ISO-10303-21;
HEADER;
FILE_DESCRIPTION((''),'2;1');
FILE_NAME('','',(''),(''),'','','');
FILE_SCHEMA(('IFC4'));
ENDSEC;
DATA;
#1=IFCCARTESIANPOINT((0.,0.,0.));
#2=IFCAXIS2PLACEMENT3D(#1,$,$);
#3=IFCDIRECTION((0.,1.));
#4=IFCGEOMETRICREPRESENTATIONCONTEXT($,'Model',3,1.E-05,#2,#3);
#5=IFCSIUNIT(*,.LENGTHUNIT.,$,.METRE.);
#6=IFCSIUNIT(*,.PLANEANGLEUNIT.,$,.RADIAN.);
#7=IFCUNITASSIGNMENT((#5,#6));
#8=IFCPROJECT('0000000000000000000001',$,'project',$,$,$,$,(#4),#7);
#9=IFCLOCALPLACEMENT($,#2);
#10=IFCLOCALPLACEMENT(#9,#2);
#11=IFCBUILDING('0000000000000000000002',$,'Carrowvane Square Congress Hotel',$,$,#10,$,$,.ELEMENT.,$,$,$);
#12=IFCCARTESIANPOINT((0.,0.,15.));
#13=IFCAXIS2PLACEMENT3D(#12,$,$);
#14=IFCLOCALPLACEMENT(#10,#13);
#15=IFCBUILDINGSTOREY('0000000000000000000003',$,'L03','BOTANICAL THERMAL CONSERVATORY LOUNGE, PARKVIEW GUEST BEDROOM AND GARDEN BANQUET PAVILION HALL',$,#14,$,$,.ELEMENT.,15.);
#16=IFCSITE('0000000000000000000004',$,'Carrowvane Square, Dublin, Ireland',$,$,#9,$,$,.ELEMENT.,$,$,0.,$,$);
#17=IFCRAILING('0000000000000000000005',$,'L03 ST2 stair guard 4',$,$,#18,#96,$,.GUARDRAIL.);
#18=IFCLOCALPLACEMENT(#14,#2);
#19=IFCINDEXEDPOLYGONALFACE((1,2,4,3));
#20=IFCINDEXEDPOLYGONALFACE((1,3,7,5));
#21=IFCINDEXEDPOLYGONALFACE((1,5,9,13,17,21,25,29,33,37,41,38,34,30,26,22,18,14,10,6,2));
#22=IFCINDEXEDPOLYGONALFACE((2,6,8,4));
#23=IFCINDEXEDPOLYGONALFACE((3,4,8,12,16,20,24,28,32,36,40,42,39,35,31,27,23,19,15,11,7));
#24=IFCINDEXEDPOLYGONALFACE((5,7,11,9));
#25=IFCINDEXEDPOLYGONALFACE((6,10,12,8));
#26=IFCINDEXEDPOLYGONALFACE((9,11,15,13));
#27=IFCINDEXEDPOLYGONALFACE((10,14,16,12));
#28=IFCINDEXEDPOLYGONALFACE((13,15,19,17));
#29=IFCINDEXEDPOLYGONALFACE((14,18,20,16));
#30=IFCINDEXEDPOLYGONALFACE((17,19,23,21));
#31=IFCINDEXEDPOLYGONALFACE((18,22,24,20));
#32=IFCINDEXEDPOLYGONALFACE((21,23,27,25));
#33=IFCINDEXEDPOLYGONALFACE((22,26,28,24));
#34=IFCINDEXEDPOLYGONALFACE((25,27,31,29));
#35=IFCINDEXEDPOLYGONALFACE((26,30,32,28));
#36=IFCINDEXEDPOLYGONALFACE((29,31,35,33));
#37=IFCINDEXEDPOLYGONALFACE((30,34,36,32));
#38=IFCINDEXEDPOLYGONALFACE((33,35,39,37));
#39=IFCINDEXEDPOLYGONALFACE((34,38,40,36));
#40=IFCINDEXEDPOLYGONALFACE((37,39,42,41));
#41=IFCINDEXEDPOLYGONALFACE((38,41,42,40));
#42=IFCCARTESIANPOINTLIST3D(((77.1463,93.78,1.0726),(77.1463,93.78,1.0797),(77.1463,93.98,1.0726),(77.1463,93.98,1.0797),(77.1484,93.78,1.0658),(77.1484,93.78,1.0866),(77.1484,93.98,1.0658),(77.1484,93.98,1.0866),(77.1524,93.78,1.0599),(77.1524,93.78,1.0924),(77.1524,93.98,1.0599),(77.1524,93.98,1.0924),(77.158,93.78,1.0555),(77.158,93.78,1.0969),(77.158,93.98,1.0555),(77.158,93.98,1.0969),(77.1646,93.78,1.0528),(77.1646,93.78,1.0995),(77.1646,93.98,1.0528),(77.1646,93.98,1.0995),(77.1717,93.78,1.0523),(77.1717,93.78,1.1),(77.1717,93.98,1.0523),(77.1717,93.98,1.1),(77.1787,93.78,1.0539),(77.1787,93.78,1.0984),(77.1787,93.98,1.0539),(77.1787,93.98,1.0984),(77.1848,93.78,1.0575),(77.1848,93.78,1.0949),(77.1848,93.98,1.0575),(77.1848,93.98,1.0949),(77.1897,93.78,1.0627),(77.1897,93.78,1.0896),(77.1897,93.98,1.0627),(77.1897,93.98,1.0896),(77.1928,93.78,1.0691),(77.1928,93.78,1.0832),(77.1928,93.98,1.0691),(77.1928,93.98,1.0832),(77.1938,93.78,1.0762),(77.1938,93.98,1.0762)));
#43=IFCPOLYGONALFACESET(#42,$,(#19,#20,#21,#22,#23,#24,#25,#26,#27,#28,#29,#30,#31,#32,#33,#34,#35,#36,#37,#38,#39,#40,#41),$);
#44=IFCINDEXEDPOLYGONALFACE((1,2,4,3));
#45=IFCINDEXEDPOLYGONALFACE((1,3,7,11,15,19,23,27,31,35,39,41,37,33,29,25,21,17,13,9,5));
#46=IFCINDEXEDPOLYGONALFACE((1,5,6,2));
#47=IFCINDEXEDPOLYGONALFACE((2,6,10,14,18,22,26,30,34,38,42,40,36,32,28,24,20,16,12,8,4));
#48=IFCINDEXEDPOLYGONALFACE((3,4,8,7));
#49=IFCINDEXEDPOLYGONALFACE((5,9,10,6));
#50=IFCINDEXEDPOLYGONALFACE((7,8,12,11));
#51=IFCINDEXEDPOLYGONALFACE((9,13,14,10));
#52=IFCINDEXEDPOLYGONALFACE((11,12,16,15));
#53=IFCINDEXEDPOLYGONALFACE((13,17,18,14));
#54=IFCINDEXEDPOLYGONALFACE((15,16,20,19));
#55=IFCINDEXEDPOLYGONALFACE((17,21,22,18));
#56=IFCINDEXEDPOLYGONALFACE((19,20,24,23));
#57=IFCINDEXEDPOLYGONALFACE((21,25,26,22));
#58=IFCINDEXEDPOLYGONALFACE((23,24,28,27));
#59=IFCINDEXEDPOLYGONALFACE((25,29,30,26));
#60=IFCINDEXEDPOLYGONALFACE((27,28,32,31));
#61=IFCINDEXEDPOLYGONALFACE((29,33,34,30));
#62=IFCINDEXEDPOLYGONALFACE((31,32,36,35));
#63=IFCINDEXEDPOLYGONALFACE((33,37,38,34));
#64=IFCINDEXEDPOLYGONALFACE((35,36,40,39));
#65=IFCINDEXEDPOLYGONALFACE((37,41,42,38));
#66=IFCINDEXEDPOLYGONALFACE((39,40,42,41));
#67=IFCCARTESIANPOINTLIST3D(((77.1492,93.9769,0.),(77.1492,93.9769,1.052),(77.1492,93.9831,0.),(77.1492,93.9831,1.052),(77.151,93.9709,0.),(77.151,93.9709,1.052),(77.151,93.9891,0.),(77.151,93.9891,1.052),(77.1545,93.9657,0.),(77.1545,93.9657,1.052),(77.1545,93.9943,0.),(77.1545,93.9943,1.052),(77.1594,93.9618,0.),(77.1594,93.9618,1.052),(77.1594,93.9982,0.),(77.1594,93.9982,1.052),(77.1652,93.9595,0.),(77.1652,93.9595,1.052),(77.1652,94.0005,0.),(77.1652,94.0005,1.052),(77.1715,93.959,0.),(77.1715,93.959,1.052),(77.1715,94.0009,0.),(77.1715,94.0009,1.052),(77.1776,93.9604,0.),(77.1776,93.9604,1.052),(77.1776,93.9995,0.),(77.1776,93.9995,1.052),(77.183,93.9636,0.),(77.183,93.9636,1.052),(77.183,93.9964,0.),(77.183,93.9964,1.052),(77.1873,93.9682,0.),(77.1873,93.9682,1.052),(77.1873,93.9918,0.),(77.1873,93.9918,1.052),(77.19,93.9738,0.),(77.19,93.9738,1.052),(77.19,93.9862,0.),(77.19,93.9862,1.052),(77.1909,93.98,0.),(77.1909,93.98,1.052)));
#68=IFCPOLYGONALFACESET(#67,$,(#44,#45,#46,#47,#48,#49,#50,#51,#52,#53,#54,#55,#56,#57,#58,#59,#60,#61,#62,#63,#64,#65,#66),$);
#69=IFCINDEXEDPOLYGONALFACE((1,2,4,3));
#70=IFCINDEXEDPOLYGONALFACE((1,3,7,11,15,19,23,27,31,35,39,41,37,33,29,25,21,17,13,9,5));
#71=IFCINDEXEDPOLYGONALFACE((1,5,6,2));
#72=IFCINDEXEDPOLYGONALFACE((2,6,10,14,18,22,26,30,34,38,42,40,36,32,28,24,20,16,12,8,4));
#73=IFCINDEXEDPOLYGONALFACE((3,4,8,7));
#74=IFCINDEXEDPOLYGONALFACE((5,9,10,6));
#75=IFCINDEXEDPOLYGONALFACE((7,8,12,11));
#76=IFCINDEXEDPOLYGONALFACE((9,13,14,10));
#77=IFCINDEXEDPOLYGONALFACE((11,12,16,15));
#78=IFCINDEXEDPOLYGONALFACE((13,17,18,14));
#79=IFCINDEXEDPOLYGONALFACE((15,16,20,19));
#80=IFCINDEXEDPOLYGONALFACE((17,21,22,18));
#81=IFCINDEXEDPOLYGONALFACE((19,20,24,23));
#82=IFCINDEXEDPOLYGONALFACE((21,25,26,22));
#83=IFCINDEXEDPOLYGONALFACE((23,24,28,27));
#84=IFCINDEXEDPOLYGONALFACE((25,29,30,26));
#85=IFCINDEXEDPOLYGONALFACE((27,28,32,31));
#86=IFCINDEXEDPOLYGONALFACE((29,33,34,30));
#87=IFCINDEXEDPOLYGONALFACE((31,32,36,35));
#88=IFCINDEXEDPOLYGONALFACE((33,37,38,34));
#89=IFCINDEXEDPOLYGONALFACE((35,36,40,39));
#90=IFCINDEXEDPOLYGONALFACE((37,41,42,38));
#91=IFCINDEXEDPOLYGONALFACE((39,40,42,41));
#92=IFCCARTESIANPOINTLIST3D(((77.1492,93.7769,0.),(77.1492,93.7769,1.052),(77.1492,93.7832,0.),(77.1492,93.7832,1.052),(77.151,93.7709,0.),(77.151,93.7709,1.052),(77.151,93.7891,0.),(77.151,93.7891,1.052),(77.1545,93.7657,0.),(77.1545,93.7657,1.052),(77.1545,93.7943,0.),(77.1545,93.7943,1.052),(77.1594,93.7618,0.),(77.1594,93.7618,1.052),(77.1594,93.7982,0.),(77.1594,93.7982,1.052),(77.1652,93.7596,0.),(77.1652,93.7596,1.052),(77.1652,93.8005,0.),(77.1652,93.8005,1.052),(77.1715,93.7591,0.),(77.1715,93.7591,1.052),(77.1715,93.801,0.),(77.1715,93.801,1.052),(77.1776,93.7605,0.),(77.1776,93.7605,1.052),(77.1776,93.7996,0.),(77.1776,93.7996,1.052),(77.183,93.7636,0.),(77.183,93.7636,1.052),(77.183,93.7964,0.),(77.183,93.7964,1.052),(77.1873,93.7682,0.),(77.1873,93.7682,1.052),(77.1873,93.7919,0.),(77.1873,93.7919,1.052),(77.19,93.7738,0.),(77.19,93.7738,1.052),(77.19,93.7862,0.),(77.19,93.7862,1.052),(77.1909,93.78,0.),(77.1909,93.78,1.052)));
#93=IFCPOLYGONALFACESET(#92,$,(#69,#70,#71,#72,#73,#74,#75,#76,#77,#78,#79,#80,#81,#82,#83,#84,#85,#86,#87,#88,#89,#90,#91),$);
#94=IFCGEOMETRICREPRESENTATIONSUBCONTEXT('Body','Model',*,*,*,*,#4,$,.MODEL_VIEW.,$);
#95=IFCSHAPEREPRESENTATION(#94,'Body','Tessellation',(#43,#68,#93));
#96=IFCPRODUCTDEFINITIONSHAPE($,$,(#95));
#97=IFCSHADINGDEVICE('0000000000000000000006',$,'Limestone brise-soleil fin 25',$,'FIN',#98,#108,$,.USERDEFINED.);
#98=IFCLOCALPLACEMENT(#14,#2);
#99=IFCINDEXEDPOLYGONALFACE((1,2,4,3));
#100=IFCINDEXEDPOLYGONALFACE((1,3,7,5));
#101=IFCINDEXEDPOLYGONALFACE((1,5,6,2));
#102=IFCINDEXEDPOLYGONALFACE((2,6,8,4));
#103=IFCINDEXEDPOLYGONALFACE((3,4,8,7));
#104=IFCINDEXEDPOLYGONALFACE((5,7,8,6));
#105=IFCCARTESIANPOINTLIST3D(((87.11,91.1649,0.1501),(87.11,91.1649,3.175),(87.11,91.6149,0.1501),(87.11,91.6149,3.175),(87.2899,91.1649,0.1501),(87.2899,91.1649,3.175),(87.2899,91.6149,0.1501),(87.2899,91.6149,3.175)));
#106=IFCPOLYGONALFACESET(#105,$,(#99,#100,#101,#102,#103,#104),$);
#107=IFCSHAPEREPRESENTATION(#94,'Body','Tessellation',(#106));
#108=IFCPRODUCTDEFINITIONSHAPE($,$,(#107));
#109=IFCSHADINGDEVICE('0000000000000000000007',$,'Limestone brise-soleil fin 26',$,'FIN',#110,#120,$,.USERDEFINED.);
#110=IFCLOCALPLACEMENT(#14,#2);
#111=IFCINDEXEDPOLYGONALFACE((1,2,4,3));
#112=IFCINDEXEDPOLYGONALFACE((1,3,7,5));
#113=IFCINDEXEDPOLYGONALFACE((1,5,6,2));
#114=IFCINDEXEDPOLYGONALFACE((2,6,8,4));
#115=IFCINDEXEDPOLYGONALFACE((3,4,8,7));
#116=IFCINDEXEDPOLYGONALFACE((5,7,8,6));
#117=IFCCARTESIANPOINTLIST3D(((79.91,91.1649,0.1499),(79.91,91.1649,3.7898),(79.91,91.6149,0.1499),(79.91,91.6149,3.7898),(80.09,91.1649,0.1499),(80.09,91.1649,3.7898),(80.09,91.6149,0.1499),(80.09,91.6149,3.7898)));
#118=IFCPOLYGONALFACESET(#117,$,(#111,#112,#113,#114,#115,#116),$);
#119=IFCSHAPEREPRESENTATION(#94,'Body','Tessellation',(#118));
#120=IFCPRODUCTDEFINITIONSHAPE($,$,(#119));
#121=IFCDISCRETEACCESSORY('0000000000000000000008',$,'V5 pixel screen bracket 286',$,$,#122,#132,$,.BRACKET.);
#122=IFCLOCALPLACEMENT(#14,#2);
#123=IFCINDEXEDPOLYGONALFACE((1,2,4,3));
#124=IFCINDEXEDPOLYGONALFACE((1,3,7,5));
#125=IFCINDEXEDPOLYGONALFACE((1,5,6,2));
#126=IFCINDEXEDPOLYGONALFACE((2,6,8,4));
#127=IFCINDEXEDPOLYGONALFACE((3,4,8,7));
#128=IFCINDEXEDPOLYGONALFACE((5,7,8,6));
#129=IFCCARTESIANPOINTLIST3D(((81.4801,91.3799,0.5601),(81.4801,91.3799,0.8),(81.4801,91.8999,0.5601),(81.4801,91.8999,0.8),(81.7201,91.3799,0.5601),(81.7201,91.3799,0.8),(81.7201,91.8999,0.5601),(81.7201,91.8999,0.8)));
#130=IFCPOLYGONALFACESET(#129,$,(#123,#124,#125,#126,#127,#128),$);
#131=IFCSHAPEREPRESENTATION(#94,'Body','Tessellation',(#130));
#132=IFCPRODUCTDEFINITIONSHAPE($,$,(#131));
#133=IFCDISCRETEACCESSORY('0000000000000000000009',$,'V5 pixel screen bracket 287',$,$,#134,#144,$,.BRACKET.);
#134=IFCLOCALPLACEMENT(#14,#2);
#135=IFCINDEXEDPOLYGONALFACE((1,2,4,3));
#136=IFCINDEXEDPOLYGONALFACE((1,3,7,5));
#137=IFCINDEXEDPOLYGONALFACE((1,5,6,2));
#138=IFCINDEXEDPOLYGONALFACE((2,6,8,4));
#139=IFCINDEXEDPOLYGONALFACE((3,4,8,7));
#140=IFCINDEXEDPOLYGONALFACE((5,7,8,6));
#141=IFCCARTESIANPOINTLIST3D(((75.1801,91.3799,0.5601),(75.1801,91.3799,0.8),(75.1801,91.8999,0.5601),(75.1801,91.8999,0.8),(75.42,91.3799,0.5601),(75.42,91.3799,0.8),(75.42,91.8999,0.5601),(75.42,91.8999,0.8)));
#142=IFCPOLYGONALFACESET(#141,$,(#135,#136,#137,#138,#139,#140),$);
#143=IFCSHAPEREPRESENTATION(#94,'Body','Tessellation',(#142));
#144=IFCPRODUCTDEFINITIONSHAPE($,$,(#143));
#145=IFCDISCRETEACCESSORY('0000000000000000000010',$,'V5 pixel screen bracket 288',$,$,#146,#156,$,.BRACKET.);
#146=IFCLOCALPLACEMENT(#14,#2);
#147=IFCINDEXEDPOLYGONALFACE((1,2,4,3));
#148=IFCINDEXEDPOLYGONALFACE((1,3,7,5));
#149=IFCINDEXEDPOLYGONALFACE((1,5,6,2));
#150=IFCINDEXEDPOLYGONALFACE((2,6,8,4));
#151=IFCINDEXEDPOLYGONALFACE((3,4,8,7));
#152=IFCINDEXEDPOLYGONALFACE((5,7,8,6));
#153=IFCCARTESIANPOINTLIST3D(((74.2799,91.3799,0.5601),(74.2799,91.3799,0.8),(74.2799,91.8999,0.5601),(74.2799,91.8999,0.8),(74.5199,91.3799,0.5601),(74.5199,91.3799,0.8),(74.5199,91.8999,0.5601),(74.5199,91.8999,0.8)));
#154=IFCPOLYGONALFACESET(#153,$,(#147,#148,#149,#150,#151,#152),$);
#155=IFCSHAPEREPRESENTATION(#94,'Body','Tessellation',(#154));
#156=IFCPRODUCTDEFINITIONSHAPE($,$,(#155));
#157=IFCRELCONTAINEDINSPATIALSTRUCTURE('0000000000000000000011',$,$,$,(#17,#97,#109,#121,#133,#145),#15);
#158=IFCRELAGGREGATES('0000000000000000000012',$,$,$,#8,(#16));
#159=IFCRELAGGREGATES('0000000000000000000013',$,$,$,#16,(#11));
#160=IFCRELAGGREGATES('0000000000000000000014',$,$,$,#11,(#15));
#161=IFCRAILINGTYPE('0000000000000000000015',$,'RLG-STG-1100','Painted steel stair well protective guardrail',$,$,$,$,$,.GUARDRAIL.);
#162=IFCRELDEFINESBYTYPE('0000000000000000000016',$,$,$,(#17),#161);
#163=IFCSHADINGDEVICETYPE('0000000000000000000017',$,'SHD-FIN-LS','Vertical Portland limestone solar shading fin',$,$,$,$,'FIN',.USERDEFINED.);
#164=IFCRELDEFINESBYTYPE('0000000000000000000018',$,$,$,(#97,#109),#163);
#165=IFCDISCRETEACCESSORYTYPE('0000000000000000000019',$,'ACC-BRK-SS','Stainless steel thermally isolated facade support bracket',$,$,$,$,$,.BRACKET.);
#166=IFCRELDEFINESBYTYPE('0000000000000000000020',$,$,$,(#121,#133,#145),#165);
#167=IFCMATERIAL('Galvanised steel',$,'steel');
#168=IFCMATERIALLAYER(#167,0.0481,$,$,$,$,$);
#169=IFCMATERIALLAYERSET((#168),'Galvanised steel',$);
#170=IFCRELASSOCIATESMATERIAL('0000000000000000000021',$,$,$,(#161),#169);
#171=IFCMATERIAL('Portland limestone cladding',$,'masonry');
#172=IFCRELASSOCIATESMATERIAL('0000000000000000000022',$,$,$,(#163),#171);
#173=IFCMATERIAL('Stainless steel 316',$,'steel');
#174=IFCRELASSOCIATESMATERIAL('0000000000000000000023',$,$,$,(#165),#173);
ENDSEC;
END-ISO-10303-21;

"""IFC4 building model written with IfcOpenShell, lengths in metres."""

from ifc_helpers import new_model, si_unit, direction, frame, origin, origin_2d, place, context, subcontext, project, spatial, rectangle, circle, extrude, material, layer, layer_set, type_object, element, save


model = new_model("IFC4")

# Units and contexts
model_context = context("Model", 3, precision=1e-05, world=origin(), true_north=direction((0.0, 1.0)))
body_context = subcontext(model_context, "Body", "Model", "MODEL_VIEW")
ifc_project = project(units=[si_unit("LENGTHUNIT", "METRE"), si_unit("PLANEANGLEUNIT", "RADIAN")], contexts=[model_context])

# Site, building, storey
site_placement = place(None, origin())
site = spatial("IfcSite", under=ifc_project, at=site_placement, Name="Carrowvane Square, Dublin, Ireland", CompositionType="ELEMENT", RefElevation=0.0)
building_placement = place(site_placement, origin())
building = spatial("IfcBuilding", under=site, at=building_placement, Name="Carrowvane Square Congress Hotel", CompositionType="ELEMENT")
storey_placement = place(building_placement, frame((0.0, 0.0, 15.0)))
storey = spatial("IfcBuildingStorey", under=building, at=storey_placement, Name="L03", Description="BOTANICAL THERMAL CONSERVATORY LOUNGE, PARKVIEW GUEST BEDROOM AND GARDEN BANQUET PAVILION HALL", CompositionType="ELEMENT", Elevation=15.0)

# Railing
ifc_material_1 = material(Name="Galvanised steel", Category="steel")
ifc_layer_1 = layer(ifc_material_1, 0.0481)
ifc_layer_set_1 = layer_set([ifc_layer_1], Name="Galvanised steel")
railing_type_1 = type_object("IfcRailingType", Name="RLG-STG-1100", Description="Painted steel stair well protective guardrail", PredefinedType="GUARDRAIL", material=ifc_layer_set_1)
railing_1_placement = place(storey_placement, frame((77.1699, 93.98, 0.0)))
element("IfcRailing", 1, at=railing_1_placement, inside=storey, type_object=railing_type_1, Name="L03 ST2 stair guard 4", PredefinedType="GUARDRAIL", context=body_context, shape_type="SweptSolid", body=[
    extrude(circle(Radius=0.0239, at=origin_2d()), frame((0.0, 0.0, 1.0762), z_axis=(0.0, -1.0, 0.0), x_axis=(1.0, 0.0, 0.0)), (0.0, 0.0, 1.0), 0.2),
    extrude(circle(Radius=0.021, at=origin_2d()), origin(), (0.0, 0.0, 1.0), 1.052),
    extrude(circle(Radius=0.021, at=origin_2d()), frame((0.0, -0.2, 0.0)), (0.0, 0.0, 1.0), 1.052),
])

# Shading devices
ifc_material_2 = material(Name="Portland limestone cladding", Category="masonry")
shading_device_type = type_object("IfcShadingDeviceType", Name="SHD-FIN-LS", Description="Vertical Portland limestone solar shading fin", ElementType="FIN", PredefinedType="USERDEFINED", material=ifc_material_2)
shading_device_1_placement = place(storey_placement, frame((87.2, 91.3899, 0.1501), z_axis=(0.0, 0.0, 1.0), x_axis=(-1.0, 0.0, 0.0)))
element("IfcShadingDevice", 2, at=shading_device_1_placement, inside=storey, type_object=shading_device_type, Name="Limestone brise-soleil fin 25", ObjectType="FIN", PredefinedType="USERDEFINED", context=body_context, shape_type="SweptSolid", body=[
    extrude(rectangle(XDim=0.1799, YDim=0.45, at=origin_2d()), origin(), (0.0, 0.0, 1.0), 3.0249),
])
shading_device_2_placement = place(storey_placement, frame((80.0, 91.3899, 0.1499), z_axis=(0.0, 0.0, 1.0), x_axis=(-1.0, 0.0, 0.0)))
element("IfcShadingDevice", 3, at=shading_device_2_placement, inside=storey, type_object=shading_device_type, Name="Limestone brise-soleil fin 26", ObjectType="FIN", PredefinedType="USERDEFINED", context=body_context, shape_type="SweptSolid", body=[
    extrude(rectangle(XDim=0.1799, YDim=0.45, at=origin_2d()), origin(), (0.0, 0.0, 1.0), 3.6399),
])

# Discrete accessories
ifc_material_3 = material(Name="Stainless steel 316", Category="steel")
discrete_accessory_type = type_object("IfcDiscreteAccessoryType", Name="ACC-BRK-SS", Description="Stainless steel thermally isolated facade support bracket", PredefinedType="BRACKET", material=ifc_material_3)
for number, where, z_axis, x_axis, name in (
    (4, (81.6001, 91.6399, 0.5601), (0.0, 0.0, 1.0), (-1.0, 0.0, 0.0), "V5 pixel screen bracket 286"),
    (5, (75.3, 91.6399, 0.5601), (0.0, 0.0, 1.0), (-1.0, 0.0, 0.0), "V5 pixel screen bracket 287"),
    (6, (74.3999, 91.6399, 0.5601), (0.0, 0.0, 1.0), (-1.0, 0.0, 0.0), "V5 pixel screen bracket 288"),
):
    element("IfcDiscreteAccessory", number, at=place(storey_placement, frame(where, z_axis=z_axis, x_axis=x_axis)), inside=storey, type_object=discrete_accessory_type, Name=name, PredefinedType="BRACKET", context=body_context, shape_type="SweptSolid", body=[
        extrude(rectangle(XDim=0.24, YDim=0.52, at=origin_2d()), origin(), (0.0, 0.0, 1.0), 0.24),
    ])

save(model, "model.ifc")
